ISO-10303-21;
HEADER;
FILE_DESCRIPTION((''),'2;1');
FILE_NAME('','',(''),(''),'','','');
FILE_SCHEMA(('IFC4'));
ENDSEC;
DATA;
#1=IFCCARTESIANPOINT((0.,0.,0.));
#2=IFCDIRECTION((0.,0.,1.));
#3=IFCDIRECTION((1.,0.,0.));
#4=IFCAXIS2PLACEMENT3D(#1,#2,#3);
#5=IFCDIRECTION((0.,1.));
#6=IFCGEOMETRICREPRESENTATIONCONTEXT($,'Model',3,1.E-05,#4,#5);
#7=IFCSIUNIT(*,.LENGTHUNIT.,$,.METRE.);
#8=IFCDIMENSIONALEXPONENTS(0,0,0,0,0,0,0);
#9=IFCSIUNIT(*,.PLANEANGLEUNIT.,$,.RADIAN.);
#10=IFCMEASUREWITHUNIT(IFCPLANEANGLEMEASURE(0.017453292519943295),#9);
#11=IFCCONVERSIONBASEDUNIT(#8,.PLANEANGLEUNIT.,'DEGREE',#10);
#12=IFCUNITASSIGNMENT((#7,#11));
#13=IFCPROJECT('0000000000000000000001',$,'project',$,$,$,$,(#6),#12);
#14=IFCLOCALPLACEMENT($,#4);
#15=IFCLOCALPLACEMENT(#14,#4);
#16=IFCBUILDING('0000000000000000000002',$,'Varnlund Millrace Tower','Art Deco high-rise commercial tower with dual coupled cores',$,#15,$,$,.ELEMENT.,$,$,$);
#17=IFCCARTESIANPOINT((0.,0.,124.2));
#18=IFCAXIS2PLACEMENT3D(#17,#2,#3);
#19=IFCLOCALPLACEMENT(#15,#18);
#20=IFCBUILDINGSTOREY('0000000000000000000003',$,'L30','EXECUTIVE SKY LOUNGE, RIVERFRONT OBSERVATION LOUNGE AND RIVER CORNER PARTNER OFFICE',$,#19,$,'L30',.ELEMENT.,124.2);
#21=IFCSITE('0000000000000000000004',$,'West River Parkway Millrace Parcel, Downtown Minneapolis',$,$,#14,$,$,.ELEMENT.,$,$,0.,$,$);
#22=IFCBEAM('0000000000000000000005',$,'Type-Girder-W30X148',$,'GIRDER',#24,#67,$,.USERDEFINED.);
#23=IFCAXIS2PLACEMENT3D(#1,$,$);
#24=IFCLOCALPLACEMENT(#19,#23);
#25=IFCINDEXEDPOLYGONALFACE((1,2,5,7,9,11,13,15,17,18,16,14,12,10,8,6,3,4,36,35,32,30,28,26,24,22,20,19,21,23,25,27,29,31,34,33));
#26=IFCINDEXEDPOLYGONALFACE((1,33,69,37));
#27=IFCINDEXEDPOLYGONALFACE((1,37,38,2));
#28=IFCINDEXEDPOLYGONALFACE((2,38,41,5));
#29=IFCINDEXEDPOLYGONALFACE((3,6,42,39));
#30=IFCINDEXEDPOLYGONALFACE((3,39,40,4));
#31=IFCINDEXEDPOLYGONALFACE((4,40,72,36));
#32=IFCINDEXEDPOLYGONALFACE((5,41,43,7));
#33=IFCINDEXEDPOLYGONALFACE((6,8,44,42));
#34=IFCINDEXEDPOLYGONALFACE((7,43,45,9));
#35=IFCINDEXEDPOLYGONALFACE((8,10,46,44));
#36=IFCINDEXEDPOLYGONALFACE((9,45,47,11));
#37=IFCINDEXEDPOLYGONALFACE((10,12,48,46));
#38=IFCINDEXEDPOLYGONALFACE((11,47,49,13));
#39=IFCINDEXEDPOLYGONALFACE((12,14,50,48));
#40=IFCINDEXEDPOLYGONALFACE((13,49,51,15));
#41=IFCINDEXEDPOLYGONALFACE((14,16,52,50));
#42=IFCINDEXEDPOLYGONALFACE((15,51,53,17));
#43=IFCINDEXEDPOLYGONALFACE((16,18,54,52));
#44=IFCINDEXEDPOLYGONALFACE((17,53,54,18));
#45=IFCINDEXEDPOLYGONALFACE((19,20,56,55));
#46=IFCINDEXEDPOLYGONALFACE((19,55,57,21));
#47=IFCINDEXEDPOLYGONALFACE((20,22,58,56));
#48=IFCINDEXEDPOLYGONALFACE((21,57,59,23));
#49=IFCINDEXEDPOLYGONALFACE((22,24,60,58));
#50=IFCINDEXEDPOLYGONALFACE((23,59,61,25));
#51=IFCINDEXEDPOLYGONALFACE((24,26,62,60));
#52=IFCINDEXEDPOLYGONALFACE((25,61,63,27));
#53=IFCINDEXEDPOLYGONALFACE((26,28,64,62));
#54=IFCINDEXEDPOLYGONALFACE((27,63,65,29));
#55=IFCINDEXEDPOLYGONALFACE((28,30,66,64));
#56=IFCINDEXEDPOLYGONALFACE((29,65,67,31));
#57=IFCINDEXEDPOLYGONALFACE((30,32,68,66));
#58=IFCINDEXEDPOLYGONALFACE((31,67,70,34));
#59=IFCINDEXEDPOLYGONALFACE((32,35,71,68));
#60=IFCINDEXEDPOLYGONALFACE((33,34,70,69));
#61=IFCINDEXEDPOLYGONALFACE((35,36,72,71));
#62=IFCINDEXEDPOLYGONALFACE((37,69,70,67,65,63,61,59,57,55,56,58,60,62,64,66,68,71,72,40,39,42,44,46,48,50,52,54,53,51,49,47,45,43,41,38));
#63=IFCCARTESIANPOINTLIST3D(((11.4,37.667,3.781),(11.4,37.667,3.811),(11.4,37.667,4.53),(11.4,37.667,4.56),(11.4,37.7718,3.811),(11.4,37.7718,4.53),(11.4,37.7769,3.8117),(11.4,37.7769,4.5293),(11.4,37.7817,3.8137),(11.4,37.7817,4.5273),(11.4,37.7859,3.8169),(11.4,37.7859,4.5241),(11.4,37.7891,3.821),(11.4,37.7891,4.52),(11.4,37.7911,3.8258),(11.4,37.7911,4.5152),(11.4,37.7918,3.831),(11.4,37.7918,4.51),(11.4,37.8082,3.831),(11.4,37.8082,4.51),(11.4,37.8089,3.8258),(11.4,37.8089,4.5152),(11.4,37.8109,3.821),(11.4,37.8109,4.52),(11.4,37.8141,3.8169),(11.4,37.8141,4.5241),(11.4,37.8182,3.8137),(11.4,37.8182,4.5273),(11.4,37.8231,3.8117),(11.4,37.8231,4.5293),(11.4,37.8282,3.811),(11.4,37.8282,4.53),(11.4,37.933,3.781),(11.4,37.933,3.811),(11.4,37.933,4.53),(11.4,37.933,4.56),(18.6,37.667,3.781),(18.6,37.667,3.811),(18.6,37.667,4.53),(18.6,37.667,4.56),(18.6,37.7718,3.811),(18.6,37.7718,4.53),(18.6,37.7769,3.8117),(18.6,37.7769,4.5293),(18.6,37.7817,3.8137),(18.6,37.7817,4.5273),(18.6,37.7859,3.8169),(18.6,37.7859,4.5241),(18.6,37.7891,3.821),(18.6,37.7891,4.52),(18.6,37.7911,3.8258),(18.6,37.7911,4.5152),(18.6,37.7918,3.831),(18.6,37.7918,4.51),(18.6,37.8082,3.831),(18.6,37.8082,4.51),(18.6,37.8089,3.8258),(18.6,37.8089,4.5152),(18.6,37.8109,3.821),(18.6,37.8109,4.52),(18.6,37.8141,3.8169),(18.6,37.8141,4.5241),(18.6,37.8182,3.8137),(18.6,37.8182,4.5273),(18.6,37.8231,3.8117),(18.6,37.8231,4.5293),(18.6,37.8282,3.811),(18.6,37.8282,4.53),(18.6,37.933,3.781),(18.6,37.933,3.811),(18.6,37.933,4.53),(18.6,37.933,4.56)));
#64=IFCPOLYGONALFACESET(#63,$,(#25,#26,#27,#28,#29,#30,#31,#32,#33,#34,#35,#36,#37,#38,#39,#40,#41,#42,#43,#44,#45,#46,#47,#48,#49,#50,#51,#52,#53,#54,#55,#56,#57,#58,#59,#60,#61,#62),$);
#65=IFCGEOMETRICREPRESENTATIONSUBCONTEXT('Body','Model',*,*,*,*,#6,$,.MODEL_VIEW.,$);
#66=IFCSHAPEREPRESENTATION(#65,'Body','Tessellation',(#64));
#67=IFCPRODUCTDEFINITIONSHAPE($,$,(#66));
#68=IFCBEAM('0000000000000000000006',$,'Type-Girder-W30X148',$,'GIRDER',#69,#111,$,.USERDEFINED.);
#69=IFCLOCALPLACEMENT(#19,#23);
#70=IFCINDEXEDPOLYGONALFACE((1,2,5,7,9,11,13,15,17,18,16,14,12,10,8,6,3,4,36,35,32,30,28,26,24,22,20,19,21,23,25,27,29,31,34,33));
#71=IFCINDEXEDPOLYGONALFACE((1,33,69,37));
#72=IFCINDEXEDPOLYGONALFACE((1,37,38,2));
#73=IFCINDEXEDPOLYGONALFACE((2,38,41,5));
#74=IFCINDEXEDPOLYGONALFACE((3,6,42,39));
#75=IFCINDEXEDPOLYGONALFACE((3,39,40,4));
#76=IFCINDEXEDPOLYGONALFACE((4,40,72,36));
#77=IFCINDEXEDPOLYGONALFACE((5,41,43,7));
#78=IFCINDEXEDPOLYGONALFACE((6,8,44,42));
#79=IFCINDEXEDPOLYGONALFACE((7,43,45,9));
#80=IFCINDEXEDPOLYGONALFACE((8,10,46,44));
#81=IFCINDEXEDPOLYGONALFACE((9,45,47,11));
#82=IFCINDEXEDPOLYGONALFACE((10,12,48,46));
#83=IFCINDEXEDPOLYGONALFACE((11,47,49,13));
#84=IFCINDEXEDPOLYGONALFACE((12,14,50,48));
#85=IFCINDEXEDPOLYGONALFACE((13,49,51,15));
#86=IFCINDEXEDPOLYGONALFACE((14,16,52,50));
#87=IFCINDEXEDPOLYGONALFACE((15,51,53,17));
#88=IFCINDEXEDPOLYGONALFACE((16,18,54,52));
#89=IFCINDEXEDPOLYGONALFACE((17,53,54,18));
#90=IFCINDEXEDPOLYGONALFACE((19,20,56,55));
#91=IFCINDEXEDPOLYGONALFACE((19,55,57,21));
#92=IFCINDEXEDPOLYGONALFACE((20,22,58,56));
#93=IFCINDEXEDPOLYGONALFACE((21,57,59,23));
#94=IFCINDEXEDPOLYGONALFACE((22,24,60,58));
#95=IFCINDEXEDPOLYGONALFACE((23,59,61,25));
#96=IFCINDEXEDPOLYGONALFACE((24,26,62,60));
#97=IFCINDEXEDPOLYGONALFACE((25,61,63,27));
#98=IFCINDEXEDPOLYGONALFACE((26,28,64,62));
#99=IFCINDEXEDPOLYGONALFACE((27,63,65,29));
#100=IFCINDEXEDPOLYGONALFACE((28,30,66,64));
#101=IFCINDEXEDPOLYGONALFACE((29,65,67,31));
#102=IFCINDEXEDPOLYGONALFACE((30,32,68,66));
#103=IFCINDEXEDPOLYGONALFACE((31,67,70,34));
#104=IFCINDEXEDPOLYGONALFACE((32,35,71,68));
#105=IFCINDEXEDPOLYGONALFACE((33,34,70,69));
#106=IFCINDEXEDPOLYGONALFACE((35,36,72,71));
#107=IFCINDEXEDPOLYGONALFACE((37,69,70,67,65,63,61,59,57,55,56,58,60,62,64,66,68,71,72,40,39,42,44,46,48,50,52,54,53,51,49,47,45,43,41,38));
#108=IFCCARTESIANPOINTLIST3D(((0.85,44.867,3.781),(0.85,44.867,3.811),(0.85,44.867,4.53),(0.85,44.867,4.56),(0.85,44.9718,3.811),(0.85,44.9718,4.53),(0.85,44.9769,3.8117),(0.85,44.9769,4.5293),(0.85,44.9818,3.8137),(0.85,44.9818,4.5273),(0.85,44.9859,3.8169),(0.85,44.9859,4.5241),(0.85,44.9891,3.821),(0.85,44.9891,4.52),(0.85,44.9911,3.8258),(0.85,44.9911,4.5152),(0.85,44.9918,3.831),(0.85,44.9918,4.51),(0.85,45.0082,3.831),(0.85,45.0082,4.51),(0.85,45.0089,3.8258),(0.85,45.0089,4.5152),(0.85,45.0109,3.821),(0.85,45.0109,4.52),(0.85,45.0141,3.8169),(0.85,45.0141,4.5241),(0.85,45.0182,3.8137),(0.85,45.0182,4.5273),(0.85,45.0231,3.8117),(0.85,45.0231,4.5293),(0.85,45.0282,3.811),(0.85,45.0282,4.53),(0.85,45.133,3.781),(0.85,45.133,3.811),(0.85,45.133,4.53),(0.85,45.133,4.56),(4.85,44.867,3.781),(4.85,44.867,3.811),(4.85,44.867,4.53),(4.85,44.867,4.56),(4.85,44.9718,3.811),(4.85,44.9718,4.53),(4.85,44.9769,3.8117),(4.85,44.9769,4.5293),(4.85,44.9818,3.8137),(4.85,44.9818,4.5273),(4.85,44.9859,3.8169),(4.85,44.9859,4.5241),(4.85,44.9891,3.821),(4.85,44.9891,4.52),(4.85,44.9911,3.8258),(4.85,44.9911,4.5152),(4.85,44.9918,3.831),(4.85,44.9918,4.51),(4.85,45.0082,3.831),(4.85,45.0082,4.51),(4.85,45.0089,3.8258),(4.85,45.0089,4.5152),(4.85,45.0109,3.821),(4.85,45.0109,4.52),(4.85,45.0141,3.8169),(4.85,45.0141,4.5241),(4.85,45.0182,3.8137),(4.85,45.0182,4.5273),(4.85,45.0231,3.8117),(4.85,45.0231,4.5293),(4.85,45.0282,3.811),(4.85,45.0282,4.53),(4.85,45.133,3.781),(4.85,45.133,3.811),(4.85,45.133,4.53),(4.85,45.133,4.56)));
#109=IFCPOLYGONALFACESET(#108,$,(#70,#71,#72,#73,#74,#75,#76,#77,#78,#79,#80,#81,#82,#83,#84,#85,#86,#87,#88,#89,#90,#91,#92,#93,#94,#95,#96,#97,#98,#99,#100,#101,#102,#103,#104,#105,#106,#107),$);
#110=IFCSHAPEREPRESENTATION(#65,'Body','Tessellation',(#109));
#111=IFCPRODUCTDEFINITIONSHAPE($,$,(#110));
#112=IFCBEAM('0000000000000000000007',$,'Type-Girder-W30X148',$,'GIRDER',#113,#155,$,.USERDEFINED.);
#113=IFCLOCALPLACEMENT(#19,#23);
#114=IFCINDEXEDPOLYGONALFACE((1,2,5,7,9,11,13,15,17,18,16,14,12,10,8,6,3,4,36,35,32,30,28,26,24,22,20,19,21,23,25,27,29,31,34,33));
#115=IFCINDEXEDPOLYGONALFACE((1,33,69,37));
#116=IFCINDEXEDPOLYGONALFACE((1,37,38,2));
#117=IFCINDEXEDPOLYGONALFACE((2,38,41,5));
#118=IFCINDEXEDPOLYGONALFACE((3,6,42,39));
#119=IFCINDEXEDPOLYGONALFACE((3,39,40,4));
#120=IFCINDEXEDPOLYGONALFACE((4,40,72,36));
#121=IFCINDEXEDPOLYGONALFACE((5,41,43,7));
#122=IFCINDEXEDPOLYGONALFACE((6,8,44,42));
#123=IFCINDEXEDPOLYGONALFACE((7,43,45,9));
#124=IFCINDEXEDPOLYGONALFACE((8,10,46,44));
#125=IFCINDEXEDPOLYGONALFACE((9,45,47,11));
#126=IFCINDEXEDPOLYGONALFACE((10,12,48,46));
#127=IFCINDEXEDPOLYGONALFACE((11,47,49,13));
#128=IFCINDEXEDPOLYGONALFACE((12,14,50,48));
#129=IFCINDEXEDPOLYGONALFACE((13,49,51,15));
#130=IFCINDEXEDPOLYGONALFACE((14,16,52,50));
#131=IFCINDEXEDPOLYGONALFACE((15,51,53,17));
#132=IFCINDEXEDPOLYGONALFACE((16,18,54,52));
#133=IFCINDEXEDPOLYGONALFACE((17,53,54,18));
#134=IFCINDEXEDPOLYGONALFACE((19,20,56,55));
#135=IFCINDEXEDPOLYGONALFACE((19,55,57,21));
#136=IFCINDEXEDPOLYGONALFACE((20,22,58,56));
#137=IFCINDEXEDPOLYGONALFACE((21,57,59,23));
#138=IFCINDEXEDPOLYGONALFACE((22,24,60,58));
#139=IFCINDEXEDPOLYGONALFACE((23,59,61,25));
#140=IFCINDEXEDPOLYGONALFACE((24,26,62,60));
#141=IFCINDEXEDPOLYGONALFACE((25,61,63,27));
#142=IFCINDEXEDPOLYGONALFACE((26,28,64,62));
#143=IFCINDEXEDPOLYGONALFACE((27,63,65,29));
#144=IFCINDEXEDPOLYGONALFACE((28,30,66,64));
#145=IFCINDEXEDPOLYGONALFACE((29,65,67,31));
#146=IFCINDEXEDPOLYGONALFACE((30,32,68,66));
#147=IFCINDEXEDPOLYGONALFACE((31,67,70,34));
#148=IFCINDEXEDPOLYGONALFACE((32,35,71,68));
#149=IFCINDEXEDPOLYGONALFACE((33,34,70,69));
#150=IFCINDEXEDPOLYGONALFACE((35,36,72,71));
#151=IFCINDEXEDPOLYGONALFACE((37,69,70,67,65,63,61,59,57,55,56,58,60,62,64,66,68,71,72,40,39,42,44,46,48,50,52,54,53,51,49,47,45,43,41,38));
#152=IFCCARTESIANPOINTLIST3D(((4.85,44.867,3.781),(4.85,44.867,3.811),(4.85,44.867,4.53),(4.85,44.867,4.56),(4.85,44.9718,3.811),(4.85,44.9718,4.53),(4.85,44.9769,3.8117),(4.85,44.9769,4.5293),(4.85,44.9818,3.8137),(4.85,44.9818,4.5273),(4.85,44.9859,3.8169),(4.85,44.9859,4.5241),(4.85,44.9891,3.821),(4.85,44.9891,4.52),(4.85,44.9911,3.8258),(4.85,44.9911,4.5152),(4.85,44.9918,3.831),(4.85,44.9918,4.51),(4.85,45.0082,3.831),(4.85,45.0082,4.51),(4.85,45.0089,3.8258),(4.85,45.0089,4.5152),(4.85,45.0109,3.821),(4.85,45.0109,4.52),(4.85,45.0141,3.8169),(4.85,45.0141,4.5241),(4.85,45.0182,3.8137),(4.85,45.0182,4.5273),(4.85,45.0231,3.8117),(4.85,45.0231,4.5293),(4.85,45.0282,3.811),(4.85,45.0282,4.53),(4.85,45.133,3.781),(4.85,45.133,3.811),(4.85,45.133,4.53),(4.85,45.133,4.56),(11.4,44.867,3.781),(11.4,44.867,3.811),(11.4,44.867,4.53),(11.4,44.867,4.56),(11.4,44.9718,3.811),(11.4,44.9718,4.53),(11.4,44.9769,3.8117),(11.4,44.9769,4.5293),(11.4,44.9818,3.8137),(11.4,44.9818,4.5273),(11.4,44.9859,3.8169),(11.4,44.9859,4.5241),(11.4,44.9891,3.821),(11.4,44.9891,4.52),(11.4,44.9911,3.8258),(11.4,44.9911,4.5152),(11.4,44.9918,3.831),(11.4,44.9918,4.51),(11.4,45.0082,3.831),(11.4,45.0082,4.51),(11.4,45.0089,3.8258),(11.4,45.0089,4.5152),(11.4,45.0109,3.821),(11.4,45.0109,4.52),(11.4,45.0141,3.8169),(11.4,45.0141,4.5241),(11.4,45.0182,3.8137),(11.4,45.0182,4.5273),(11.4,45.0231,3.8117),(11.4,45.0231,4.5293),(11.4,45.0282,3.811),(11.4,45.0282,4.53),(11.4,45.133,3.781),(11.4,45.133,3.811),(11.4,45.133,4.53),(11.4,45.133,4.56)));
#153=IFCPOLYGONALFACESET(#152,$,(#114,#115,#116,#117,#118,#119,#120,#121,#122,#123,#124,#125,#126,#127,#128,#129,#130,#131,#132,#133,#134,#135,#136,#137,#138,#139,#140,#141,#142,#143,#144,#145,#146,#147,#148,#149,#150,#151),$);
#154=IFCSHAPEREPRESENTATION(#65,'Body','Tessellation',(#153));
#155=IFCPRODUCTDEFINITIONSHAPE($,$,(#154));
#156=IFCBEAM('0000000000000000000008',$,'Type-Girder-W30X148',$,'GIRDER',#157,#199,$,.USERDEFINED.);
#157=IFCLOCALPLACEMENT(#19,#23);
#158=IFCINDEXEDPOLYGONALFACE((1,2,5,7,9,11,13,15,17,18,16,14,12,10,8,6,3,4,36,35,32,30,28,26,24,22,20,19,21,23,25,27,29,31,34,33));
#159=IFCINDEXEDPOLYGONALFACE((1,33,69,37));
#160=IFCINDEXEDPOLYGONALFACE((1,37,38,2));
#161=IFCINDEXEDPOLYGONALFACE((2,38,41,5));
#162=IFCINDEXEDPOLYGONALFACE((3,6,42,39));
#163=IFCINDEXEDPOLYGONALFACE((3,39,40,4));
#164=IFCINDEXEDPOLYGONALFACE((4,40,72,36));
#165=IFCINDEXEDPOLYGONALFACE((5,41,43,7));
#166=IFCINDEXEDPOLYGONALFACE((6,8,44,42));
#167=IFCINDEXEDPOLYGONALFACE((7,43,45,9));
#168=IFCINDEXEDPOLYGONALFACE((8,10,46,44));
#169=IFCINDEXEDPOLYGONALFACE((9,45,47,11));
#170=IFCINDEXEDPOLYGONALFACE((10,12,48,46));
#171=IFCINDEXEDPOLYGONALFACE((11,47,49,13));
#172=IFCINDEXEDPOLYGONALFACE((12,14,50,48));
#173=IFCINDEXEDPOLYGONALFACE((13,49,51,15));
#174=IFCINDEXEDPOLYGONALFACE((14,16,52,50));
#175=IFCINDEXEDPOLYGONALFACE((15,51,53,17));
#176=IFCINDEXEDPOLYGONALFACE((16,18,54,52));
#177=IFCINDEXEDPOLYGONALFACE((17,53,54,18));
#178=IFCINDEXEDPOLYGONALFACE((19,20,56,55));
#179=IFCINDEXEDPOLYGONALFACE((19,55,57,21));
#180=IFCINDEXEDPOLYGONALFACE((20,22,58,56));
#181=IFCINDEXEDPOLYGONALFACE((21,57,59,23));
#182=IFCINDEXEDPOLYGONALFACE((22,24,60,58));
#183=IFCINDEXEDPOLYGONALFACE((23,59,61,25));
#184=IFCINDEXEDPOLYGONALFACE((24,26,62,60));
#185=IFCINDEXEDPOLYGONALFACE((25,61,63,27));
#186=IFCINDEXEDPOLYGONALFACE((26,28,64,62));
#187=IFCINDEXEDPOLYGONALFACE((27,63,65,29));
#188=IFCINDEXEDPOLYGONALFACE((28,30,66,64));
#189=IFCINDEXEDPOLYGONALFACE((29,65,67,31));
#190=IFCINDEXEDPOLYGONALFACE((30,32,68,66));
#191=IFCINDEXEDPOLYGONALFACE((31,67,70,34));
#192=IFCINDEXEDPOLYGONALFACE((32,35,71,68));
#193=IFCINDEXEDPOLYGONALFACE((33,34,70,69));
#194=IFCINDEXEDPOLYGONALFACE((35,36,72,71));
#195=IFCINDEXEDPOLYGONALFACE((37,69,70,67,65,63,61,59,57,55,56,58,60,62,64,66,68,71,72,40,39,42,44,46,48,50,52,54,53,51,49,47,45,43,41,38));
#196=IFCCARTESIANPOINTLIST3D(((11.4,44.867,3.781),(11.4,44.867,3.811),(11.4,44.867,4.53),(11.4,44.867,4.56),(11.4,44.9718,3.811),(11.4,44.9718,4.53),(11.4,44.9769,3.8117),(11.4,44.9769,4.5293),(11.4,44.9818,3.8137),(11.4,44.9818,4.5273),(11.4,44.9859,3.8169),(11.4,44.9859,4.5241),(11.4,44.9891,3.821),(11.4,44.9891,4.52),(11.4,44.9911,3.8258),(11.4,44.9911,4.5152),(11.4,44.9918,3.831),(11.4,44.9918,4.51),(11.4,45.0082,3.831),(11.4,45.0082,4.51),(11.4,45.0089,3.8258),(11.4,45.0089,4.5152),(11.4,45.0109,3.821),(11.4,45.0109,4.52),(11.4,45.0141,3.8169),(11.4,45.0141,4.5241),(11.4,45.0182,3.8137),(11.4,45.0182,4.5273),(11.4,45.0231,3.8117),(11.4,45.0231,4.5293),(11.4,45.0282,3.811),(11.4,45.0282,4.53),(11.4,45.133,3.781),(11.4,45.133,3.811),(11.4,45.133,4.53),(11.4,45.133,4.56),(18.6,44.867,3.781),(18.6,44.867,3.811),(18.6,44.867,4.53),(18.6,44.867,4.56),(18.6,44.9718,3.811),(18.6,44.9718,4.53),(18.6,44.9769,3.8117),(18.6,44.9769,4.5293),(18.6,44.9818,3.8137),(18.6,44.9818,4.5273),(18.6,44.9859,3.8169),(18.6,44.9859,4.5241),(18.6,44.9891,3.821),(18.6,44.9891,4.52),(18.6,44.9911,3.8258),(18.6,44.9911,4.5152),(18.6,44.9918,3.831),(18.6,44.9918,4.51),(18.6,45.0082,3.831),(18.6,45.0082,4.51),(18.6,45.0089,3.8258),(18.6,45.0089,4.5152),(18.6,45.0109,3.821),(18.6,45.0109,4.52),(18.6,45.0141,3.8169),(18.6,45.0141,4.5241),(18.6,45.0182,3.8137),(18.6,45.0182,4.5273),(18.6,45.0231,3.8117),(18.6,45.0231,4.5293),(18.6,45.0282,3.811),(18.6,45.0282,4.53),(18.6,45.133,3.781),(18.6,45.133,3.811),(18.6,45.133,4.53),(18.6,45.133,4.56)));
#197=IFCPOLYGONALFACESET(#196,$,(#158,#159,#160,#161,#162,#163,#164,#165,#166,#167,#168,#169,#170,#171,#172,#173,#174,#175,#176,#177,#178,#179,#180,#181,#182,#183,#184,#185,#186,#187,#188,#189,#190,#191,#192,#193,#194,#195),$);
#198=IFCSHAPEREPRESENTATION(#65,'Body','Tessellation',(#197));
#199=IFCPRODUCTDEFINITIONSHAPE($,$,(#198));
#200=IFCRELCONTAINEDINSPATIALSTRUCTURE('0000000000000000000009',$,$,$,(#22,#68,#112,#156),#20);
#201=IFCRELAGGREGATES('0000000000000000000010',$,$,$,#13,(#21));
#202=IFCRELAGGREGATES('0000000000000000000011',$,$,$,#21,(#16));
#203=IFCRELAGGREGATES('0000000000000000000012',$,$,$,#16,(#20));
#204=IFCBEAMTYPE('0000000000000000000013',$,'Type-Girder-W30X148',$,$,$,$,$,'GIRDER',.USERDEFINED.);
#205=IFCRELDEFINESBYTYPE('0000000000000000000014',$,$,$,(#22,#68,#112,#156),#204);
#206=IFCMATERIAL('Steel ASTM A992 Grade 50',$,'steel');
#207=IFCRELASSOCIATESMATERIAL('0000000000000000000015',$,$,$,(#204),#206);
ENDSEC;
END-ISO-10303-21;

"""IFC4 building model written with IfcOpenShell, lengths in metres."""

from ifc_helpers import new_model, entity, si_unit, converted_unit, direction, frame, origin_with_axes, origin_2d_with_axis, place, context, subcontext, project, spatial, i_section, extrude, material, material_profile, profile_set, type_object, element, save


model = new_model("IFC4")

# Units and contexts
model_context = context("Model", 3, precision=1e-05, world=origin_with_axes(), true_north=direction((0.0, 1.0)))
body_context = subcontext(model_context, "Body", "Model", "MODEL_VIEW")
ifc_project = project(units=[si_unit("LENGTHUNIT", "METRE"), converted_unit("PLANEANGLEUNIT", "DEGREE", entity("IfcPlaneAngleMeasure", 0.017453292519943295), si_unit("PLANEANGLEUNIT", "RADIAN"), dimensions=[0, 0, 0, 0, 0, 0, 0])], contexts=[model_context])

# Site, building, storey
site_placement = place(None, origin_with_axes())
site = spatial("IfcSite", under=ifc_project, at=site_placement, Name="West River Parkway Millrace Parcel, Downtown Minneapolis", CompositionType="ELEMENT", RefElevation=0.0)
building_placement = place(site_placement, origin_with_axes())
building = spatial("IfcBuilding", under=site, at=building_placement, Name="Varnlund Millrace Tower", Description="Art Deco high-rise commercial tower with dual coupled cores", CompositionType="ELEMENT")
storey_placement = place(building_placement, frame((0.0, 0.0, 124.2), z_axis=(0.0, 0.0, 1.0), x_axis=(1.0, 0.0, 0.0)))
storey = spatial("IfcBuildingStorey", under=building, at=storey_placement, Name="L30", Description="EXECUTIVE SKY LOUNGE, RIVERFRONT OBSERVATION LOUNGE AND RIVER CORNER PARTNER OFFICE", LongName="L30", CompositionType="ELEMENT", Elevation=124.2)

# Beams
ifc_material_1 = material(Name="Steel ASTM A992 Grade 50", Category="steel")
ifc_material_profile_1 = material_profile(ifc_material_1, i_section(OverallWidth=0.266, OverallDepth=0.779, WebThickness=0.0165, FlangeThickness=0.03, FilletRadius=0.02, at=origin_2d_with_axis()), Name="Steel ASTM A992 Grade 50")
ifc_profile_set_1 = profile_set([ifc_material_profile_1], Name="Steel ASTM A992 Grade 50")
beam_type_1 = type_object("IfcBeamType", Name="Type-Girder-W30X148", ElementType="GIRDER", PredefinedType="USERDEFINED", material=ifc_profile_set_1)
beam_1_placement = place(storey_placement, frame((11.4, 37.8, 4.1705), z_axis=(1.0, 0.0, 0.0), x_axis=(0.0, 1.0, 0.0)))
element("IfcBeam", 1, at=beam_1_placement, inside=storey, type_object=beam_type_1, Name="Type-Girder-W30X148", ObjectType="GIRDER", PredefinedType="USERDEFINED", context=body_context, shape_type="SweptSolid", body=[
    extrude(i_section(OverallWidth=0.266, OverallDepth=0.779, WebThickness=0.0165, FlangeThickness=0.03, FilletRadius=0.02, at=origin_2d_with_axis()), origin_with_axes(), (0.0, 0.0, 1.0), 7.2),
])
beam_2_placement = place(storey_placement, frame((0.85, 45.0, 4.1705), z_axis=(1.0, 0.0, 0.0), x_axis=(0.0, 1.0, 0.0)))
element("IfcBeam", 2, at=beam_2_placement, inside=storey, type_object=beam_type_1, Name="Type-Girder-W30X148", ObjectType="GIRDER", PredefinedType="USERDEFINED", context=body_context, shape_type="SweptSolid", body=[
    extrude(i_section(OverallWidth=0.266, OverallDepth=0.779, WebThickness=0.0165, FlangeThickness=0.03, FilletRadius=0.02, at=origin_2d_with_axis()), origin_with_axes(), (0.0, 0.0, 1.0), 4.0),
])
beam_3_placement = place(storey_placement, frame((4.85, 45.0, 4.1705), z_axis=(1.0, 0.0, 0.0), x_axis=(0.0, 1.0, 0.0)))
element("IfcBeam", 3, at=beam_3_placement, inside=storey, type_object=beam_type_1, Name="Type-Girder-W30X148", ObjectType="GIRDER", PredefinedType="USERDEFINED", context=body_context, shape_type="SweptSolid", body=[
    extrude(i_section(OverallWidth=0.266, OverallDepth=0.779, WebThickness=0.0165, FlangeThickness=0.03, FilletRadius=0.02, at=origin_2d_with_axis()), origin_with_axes(), (0.0, 0.0, 1.0), 6.55),
])
beam_4_placement = place(storey_placement, frame((11.4, 45.0, 4.1705), z_axis=(1.0, 0.0, 0.0), x_axis=(0.0, 1.0, 0.0)))
element("IfcBeam", 4, at=beam_4_placement, inside=storey, type_object=beam_type_1, Name="Type-Girder-W30X148", ObjectType="GIRDER", PredefinedType="USERDEFINED", context=body_context, shape_type="SweptSolid", body=[
    extrude(i_section(OverallWidth=0.266, OverallDepth=0.779, WebThickness=0.0165, FlangeThickness=0.03, FilletRadius=0.02, at=origin_2d_with_axis()), origin_with_axes(), (0.0, 0.0, 1.0), 7.2),
])

save(model, "model.ifc")
